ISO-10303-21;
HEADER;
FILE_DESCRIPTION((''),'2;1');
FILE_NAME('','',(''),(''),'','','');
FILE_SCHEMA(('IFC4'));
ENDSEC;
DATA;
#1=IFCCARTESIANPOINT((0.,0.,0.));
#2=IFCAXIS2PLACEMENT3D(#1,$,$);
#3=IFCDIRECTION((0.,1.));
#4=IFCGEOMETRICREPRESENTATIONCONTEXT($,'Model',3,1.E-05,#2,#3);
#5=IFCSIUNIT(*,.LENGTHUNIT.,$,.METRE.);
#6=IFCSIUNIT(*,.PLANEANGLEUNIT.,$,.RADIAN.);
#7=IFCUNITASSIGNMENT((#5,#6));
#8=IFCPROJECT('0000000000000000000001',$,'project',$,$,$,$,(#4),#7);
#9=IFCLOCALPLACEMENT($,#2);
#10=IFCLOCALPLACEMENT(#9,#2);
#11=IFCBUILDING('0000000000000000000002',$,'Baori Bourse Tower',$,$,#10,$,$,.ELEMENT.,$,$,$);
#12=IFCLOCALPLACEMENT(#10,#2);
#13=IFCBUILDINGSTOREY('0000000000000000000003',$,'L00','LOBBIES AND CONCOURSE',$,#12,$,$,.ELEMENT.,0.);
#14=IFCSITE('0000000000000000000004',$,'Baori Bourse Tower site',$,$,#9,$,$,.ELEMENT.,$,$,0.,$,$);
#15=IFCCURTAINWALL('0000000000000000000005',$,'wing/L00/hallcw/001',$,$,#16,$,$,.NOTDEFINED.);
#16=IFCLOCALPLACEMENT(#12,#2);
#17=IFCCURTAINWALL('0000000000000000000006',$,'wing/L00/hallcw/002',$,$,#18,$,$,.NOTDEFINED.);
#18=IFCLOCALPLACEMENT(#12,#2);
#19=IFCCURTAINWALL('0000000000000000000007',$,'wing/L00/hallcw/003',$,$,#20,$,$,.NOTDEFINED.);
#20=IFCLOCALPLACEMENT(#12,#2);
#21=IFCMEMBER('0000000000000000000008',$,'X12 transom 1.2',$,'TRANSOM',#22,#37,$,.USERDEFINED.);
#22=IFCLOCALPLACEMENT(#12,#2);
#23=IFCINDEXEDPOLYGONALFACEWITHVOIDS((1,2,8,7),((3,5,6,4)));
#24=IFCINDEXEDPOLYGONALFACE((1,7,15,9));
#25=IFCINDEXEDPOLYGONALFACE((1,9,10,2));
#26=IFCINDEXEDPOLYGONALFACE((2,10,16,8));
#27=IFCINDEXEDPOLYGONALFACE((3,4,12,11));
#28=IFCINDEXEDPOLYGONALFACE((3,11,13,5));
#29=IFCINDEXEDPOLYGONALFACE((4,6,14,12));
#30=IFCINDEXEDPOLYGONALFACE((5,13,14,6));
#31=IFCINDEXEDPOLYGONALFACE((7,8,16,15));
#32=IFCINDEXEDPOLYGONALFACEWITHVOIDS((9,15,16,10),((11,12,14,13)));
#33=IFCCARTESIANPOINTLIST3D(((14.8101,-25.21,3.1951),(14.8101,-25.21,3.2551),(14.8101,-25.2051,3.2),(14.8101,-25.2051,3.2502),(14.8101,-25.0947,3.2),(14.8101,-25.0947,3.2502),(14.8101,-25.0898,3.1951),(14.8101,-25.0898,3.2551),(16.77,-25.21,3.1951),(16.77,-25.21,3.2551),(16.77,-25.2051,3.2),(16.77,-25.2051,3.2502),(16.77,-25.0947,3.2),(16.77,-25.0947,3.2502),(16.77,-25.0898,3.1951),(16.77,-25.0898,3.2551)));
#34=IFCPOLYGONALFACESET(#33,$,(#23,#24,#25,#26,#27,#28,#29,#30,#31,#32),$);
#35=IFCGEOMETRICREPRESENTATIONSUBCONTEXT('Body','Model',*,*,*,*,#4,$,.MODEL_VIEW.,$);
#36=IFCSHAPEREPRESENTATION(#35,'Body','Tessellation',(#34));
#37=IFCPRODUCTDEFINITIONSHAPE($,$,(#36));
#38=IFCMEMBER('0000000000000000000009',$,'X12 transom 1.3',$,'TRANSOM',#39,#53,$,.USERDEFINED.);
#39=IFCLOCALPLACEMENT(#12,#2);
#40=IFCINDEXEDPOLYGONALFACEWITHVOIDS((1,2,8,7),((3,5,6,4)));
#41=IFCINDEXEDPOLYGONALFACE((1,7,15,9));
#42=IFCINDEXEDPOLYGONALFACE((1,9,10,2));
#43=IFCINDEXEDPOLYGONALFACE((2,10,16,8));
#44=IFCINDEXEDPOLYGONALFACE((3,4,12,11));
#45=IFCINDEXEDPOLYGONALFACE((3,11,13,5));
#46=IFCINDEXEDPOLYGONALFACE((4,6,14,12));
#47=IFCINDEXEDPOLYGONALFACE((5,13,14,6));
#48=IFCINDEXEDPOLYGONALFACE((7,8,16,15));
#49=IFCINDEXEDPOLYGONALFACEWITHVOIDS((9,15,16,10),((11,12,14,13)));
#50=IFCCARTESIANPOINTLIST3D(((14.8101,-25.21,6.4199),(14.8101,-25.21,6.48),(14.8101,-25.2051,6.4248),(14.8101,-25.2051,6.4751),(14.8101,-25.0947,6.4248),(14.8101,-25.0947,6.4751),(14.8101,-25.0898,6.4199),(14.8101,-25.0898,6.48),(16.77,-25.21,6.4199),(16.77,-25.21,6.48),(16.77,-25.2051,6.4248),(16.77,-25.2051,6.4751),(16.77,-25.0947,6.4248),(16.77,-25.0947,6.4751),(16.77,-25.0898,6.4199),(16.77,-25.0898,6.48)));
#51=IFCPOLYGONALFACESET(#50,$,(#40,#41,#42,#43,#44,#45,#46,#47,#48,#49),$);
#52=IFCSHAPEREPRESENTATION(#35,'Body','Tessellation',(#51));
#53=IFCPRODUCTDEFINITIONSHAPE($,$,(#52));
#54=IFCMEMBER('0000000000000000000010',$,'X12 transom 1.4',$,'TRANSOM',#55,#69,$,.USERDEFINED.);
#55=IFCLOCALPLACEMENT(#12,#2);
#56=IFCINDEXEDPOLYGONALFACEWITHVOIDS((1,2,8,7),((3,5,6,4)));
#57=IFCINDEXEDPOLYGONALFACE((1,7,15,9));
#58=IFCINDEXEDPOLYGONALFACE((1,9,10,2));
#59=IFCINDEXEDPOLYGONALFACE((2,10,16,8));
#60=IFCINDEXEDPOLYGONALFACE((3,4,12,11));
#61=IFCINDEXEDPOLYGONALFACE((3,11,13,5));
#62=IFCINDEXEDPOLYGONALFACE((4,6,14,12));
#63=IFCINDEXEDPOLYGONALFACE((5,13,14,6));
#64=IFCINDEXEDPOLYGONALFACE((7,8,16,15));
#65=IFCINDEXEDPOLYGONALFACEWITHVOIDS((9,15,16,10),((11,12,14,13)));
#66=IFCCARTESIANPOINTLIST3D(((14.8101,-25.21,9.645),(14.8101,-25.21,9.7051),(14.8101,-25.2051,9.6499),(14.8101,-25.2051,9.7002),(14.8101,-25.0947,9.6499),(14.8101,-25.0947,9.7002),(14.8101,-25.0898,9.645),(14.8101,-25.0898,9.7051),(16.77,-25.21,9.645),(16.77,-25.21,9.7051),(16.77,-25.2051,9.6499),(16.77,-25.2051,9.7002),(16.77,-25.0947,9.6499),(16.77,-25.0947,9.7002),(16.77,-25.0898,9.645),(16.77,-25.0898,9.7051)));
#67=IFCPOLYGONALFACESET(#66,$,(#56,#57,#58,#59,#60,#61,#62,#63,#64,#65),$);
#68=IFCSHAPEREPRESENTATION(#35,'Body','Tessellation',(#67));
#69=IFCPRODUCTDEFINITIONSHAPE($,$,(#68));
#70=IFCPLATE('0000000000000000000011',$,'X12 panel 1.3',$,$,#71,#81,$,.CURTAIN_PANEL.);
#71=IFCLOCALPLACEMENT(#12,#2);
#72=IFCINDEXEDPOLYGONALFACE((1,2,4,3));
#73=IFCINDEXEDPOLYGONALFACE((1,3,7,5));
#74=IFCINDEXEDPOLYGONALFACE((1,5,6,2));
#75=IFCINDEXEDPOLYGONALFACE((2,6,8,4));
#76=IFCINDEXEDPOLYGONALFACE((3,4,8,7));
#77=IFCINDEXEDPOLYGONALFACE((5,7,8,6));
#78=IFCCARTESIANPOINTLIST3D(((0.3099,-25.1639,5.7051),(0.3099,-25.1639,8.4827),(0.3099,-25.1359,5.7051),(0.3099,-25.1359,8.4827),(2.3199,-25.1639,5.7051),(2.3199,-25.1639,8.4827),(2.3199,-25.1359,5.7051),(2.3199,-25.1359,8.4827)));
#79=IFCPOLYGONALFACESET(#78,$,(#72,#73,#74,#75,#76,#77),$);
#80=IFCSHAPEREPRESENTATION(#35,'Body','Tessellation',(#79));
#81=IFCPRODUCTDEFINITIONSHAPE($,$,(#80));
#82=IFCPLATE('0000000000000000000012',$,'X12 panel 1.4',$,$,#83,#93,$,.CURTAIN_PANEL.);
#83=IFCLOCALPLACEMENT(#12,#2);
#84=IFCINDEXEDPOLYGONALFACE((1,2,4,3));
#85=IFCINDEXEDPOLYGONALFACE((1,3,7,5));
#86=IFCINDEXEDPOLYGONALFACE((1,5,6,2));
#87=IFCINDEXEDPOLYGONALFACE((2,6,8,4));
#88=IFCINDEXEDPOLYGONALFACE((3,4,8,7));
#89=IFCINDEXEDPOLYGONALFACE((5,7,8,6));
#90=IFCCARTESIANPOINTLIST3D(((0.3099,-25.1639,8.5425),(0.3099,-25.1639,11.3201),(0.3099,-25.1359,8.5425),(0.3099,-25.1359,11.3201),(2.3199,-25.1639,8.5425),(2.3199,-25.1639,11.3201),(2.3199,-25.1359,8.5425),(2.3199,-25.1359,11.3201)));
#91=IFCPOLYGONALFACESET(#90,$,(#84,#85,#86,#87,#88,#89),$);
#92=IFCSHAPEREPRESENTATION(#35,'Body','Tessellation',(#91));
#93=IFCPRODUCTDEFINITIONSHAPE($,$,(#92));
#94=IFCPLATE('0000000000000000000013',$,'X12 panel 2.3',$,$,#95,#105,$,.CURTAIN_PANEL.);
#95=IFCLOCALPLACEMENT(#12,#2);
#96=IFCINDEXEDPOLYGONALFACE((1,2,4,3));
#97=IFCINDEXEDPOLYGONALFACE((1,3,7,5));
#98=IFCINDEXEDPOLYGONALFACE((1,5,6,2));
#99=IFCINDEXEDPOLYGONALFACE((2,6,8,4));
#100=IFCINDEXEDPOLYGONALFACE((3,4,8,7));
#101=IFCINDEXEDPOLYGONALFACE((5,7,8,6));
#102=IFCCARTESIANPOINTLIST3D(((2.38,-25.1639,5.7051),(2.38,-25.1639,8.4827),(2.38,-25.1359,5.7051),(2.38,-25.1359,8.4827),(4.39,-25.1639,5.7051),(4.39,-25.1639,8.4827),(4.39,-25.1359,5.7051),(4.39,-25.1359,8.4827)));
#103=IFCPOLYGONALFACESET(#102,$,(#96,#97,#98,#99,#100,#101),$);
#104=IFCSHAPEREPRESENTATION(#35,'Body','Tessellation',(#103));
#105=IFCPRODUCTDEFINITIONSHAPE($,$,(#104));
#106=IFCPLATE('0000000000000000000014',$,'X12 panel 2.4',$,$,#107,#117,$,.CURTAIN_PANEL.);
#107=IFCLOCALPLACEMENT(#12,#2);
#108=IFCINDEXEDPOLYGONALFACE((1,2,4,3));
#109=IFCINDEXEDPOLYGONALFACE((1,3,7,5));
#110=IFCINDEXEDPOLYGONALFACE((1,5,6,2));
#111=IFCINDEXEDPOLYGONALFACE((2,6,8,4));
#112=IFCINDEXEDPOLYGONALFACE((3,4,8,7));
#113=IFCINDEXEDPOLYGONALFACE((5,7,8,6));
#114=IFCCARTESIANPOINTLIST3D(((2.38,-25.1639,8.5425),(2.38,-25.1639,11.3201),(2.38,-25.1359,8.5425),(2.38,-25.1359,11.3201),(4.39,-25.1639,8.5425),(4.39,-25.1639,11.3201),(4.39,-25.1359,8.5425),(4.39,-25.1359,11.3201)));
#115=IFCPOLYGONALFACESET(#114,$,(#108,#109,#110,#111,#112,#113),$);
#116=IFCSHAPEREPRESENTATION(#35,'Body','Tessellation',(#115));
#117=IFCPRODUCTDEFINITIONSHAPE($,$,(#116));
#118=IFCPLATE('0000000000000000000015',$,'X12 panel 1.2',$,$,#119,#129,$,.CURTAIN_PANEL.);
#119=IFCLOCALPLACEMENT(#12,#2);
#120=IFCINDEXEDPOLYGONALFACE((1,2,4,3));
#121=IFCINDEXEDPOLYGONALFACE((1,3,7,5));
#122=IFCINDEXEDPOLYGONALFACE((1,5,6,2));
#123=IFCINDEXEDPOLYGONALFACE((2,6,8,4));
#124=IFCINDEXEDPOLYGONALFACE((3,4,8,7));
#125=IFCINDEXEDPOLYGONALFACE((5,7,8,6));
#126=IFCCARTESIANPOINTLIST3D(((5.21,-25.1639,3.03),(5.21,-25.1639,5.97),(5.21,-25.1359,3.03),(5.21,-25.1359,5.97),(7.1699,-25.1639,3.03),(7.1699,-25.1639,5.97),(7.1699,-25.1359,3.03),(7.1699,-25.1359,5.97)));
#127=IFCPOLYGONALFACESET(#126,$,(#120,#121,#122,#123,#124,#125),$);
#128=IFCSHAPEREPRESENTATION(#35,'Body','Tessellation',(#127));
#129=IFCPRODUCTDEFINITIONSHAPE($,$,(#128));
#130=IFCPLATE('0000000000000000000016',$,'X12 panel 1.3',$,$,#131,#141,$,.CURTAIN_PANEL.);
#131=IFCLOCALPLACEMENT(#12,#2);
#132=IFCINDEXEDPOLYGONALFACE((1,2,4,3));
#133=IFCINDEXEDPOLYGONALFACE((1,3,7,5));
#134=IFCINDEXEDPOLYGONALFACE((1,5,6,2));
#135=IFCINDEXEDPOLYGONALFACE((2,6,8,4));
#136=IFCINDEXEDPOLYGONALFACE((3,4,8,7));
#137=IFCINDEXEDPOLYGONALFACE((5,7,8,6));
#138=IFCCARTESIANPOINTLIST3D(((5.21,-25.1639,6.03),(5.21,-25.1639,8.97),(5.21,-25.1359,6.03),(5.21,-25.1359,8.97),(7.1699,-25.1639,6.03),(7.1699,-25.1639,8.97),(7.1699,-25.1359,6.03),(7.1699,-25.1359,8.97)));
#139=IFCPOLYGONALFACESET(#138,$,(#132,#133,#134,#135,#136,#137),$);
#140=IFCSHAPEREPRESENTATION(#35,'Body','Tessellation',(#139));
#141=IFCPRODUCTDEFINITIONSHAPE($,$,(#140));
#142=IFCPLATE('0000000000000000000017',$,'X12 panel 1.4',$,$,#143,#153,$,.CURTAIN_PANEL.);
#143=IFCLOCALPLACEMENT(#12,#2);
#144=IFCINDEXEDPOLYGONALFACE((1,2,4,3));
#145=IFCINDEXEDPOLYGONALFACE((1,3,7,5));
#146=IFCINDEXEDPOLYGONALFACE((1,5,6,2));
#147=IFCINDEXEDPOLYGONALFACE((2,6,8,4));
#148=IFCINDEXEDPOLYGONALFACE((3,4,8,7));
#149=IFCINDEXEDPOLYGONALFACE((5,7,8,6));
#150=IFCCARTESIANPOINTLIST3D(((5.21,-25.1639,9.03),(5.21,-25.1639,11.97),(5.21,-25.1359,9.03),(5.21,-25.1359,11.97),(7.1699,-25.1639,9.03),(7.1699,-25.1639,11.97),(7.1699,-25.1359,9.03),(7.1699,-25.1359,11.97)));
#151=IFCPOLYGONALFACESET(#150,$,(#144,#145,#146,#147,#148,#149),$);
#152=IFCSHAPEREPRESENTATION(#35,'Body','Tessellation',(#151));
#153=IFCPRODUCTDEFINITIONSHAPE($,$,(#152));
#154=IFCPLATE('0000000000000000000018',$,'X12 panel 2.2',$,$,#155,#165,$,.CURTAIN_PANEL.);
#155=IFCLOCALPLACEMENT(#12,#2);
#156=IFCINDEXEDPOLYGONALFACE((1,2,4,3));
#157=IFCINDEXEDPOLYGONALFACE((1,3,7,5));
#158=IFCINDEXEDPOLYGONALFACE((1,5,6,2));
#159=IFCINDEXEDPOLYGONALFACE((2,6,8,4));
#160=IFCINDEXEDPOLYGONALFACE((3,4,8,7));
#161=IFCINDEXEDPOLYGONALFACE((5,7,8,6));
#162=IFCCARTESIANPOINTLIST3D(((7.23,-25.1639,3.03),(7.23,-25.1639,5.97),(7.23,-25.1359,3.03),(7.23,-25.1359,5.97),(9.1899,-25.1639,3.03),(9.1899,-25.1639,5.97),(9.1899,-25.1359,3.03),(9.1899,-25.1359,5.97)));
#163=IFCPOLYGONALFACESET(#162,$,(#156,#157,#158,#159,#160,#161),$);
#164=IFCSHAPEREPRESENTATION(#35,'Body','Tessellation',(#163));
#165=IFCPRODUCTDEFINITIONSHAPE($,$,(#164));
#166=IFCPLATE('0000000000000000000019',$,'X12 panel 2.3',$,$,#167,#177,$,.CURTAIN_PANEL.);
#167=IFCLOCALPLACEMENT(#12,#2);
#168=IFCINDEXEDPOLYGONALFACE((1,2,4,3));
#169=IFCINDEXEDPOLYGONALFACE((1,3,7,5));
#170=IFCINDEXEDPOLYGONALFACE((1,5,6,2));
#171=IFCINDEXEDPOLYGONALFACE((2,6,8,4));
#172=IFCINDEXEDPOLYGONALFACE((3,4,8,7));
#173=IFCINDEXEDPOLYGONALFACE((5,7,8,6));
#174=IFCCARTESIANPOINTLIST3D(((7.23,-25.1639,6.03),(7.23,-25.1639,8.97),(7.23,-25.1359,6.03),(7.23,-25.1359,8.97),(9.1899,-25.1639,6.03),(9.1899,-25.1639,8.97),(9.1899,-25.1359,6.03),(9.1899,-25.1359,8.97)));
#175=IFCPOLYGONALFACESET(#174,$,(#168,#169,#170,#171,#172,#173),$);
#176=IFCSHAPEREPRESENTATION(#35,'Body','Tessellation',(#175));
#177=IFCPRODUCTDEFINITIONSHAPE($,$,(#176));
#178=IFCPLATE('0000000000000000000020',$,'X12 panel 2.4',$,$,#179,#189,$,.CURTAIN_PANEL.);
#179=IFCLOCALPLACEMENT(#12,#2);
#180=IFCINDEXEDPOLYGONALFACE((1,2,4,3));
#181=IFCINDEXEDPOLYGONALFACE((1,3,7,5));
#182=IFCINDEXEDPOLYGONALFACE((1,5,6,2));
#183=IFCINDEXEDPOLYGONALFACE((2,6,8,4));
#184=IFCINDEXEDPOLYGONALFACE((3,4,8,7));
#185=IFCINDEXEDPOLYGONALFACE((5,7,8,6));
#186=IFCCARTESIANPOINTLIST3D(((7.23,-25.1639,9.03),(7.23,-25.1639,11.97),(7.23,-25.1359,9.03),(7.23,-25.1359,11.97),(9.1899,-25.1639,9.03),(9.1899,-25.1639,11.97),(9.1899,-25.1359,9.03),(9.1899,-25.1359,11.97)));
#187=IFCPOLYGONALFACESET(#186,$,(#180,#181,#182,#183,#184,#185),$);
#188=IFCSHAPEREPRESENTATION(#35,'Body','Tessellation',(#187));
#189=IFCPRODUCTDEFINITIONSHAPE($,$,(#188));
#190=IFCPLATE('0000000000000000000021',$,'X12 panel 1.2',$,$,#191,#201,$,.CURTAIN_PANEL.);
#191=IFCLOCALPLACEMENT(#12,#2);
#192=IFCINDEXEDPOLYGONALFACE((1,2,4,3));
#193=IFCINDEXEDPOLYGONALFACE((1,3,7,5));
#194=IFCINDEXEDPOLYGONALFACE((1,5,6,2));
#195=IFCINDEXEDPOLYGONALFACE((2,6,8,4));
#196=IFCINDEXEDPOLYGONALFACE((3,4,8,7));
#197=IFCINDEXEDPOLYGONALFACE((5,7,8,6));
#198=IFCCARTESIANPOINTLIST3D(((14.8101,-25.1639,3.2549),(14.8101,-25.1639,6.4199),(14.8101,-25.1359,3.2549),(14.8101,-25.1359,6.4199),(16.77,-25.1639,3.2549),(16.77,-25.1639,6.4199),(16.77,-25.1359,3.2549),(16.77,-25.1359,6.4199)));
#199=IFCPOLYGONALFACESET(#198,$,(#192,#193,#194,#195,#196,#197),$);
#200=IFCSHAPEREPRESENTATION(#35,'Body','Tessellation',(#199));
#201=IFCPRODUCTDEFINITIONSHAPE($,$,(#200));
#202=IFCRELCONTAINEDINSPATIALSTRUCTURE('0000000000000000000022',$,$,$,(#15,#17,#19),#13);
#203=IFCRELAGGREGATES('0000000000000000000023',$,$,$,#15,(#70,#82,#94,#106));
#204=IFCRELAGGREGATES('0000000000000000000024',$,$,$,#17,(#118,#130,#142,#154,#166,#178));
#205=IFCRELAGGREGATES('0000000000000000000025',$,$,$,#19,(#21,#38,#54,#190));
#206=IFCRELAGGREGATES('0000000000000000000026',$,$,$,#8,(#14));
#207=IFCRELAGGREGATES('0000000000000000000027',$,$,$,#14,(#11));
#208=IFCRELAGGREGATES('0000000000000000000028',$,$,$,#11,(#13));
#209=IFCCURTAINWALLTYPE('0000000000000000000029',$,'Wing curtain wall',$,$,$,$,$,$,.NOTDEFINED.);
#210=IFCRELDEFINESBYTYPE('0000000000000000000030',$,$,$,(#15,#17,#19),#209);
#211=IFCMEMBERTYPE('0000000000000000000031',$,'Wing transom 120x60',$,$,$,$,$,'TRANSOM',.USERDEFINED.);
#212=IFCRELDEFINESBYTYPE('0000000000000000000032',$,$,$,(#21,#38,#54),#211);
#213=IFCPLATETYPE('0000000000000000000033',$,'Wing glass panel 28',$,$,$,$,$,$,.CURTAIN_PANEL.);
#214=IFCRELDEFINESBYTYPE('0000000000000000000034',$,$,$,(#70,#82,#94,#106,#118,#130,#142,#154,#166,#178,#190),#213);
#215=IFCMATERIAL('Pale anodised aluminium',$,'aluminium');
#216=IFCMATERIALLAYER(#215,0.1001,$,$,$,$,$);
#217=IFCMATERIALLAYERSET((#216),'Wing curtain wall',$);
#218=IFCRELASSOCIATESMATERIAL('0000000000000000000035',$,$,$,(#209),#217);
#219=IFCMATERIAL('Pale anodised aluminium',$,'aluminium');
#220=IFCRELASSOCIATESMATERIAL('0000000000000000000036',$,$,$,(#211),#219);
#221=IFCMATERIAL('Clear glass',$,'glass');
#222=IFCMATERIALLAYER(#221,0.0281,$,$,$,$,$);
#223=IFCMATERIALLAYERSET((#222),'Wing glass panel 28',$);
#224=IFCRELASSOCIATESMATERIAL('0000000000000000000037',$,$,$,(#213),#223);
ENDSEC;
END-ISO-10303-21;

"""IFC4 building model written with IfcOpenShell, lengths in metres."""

from ifc_helpers import new_model, si_unit, direction, frame, origin, origin_2d, place, context, subcontext, project, spatial, rectangle, hollow_rectangle, extrude, material, layer, layer_set, material_profile, profile_set, type_object, element, aggregate, save


model = new_model("IFC4")

# Units and contexts
model_context = context("Model", 3, precision=1e-05, world=origin(), true_north=direction((0.0, 1.0)))
body_context = subcontext(model_context, "Body", "Model", "MODEL_VIEW")
ifc_project = project(units=[si_unit("LENGTHUNIT", "METRE"), si_unit("PLANEANGLEUNIT", "RADIAN")], contexts=[model_context])

# Site, building, storey
site_placement = place(None, origin())
site = spatial("IfcSite", under=ifc_project, at=site_placement, Name="Baori Bourse Tower site", CompositionType="ELEMENT", RefElevation=0.0)
building_placement = place(site_placement, origin())
building = spatial("IfcBuilding", under=site, at=building_placement, Name="Baori Bourse Tower", CompositionType="ELEMENT")
storey_placement = place(building_placement, origin())
storey = spatial("IfcBuildingStorey", under=building, at=storey_placement, Name="L00", Description="LOBBIES AND CONCOURSE", CompositionType="ELEMENT", Elevation=0.0)

# Curtain walls, members
ifc_material_1 = material(Name="Pale anodised aluminium", Category="aluminium")
ifc_layer_1 = layer(ifc_material_1, 0.1001)
ifc_layer_set_1 = layer_set([ifc_layer_1], Name="Wing curtain wall")
curtain_wall_type = type_object("IfcCurtainWallType", Name="Wing curtain wall", PredefinedType="NOTDEFINED", material=ifc_layer_set_1)
curtain_wall_1_placement = place(storey_placement, origin())
curtain_wall_1 = element("IfcCurtainWall", 1, at=curtain_wall_1_placement, inside=storey, type_object=curtain_wall_type, Name="wing/L00/hallcw/001", PredefinedType="NOTDEFINED")
ifc_material_2 = material(Name="Pale anodised aluminium", Category="aluminium")
ifc_material_profile = material_profile(ifc_material_2, hollow_rectangle(XDim=0.1201, YDim=0.0601, WallThickness=0.0049, at=origin_2d()), Name="Transom 120x60x5")
ifc_profile_set = profile_set([ifc_material_profile], Name="Pale anodised aluminium")
member_type = type_object("IfcMemberType", Name="Wing transom 120x60", ElementType="TRANSOM", PredefinedType="USERDEFINED", material=ifc_profile_set)
curtain_wall_2_placement = place(storey_placement, origin())
curtain_wall_2 = element("IfcCurtainWall", 2, at=curtain_wall_2_placement, inside=storey, type_object=curtain_wall_type, Name="wing/L00/hallcw/002", PredefinedType="NOTDEFINED")
curtain_wall_3_placement = place(storey_placement, origin())
curtain_wall_3 = element("IfcCurtainWall", 3, at=curtain_wall_3_placement, inside=storey, type_object=curtain_wall_type, Name="wing/L00/hallcw/003", PredefinedType="NOTDEFINED")
member_1_placement = place(storey_placement, frame((14.8101, -25.1499, 3.2251), z_axis=(1.0, 0.0, 0.0), x_axis=(0.0, 1.0, 0.0)))
member_1 = element("IfcMember", 4, at=member_1_placement, type_object=member_type, Name="X12 transom 1.2", ObjectType="TRANSOM", PredefinedType="USERDEFINED", context=body_context, shape_type="SweptSolid", body=[
    extrude(hollow_rectangle(XDim=0.1201, YDim=0.0601, WallThickness=0.0049, at=origin_2d()), origin(), (0.0, 0.0, 1.0), 1.96),
])
member_2_placement = place(storey_placement, frame((14.8101, -25.1499, 6.45), z_axis=(1.0, 0.0, 0.0), x_axis=(0.0, 1.0, 0.0)))
member_2 = element("IfcMember", 5, at=member_2_placement, type_object=member_type, Name="X12 transom 1.3", ObjectType="TRANSOM", PredefinedType="USERDEFINED", context=body_context, shape_type="SweptSolid", body=[
    extrude(hollow_rectangle(XDim=0.1201, YDim=0.0601, WallThickness=0.0049, at=origin_2d()), origin(), (0.0, 0.0, 1.0), 1.96),
])
member_3_placement = place(storey_placement, frame((14.8101, -25.1499, 9.675), z_axis=(1.0, 0.0, 0.0), x_axis=(0.0, 1.0, 0.0)))
member_3 = element("IfcMember", 6, at=member_3_placement, type_object=member_type, Name="X12 transom 1.4", ObjectType="TRANSOM", PredefinedType="USERDEFINED", context=body_context, shape_type="SweptSolid", body=[
    extrude(hollow_rectangle(XDim=0.1201, YDim=0.0601, WallThickness=0.0049, at=origin_2d()), origin(), (0.0, 0.0, 1.0), 1.96),
])

# Plates
ifc_material_3 = material(Name="Clear glass", Category="glass")
ifc_layer_2 = layer(ifc_material_3, 0.0281)
ifc_layer_set_2 = layer_set([ifc_layer_2], Name="Wing glass panel 28")
plate_type = type_object("IfcPlateType", Name="Wing glass panel 28", PredefinedType="CURTAIN_PANEL", material=ifc_layer_set_2)
plate_1_placement = place(storey_placement, frame((1.3149, -25.1499, 5.7051), z_axis=(0.0, 0.0, 1.0), x_axis=(1.0, 0.0, 0.0)))
plate_1 = element("IfcPlate", 7, at=plate_1_placement, type_object=plate_type, Name="X12 panel 1.3", PredefinedType="CURTAIN_PANEL", context=body_context, shape_type="SweptSolid", body=[
    extrude(rectangle(XDim=2.01, YDim=0.0281, at=origin_2d()), origin(), (0.0, 0.0, 1.0), 2.7776),
])
plate_2_placement = place(storey_placement, frame((1.3149, -25.1499, 8.5425), z_axis=(0.0, 0.0, 1.0), x_axis=(1.0, 0.0, 0.0)))
plate_2 = element("IfcPlate", 8, at=plate_2_placement, type_object=plate_type, Name="X12 panel 1.4", PredefinedType="CURTAIN_PANEL", context=body_context, shape_type="SweptSolid", body=[
    extrude(rectangle(XDim=2.01, YDim=0.0281, at=origin_2d()), origin(), (0.0, 0.0, 1.0), 2.7776),
])
plate_3_placement = place(storey_placement, frame((3.385, -25.1499, 5.7051), z_axis=(0.0, 0.0, 1.0), x_axis=(1.0, 0.0, 0.0)))
plate_3 = element("IfcPlate", 9, at=plate_3_placement, type_object=plate_type, Name="X12 panel 2.3", PredefinedType="CURTAIN_PANEL", context=body_context, shape_type="SweptSolid", body=[
    extrude(rectangle(XDim=2.01, YDim=0.0281, at=origin_2d()), origin(), (0.0, 0.0, 1.0), 2.7776),
])
plate_4_placement = place(storey_placement, frame((3.385, -25.1499, 8.5425), z_axis=(0.0, 0.0, 1.0), x_axis=(1.0, 0.0, 0.0)))
plate_4 = element("IfcPlate", 10, at=plate_4_placement, type_object=plate_type, Name="X12 panel 2.4", PredefinedType="CURTAIN_PANEL", context=body_context, shape_type="SweptSolid", body=[
    extrude(rectangle(XDim=2.01, YDim=0.0281, at=origin_2d()), origin(), (0.0, 0.0, 1.0), 2.7776),
])
aggregate(curtain_wall_1, [plate_1, plate_2, plate_3, plate_4])
plate_5_placement = place(storey_placement, frame((6.1899, -25.1499, 3.03), z_axis=(0.0, 0.0, 1.0), x_axis=(1.0, 0.0, 0.0)))
plate_5 = element("IfcPlate", 11, at=plate_5_placement, type_object=plate_type, Name="X12 panel 1.2", PredefinedType="CURTAIN_PANEL", context=body_context, shape_type="SweptSolid", body=[
    extrude(rectangle(XDim=1.96, YDim=0.0281, at=origin_2d()), origin(), (0.0, 0.0, 1.0), 2.9399),
])
plate_6_placement = place(storey_placement, frame((6.1899, -25.1499, 6.03), z_axis=(0.0, 0.0, 1.0), x_axis=(1.0, 0.0, 0.0)))
plate_6 = element("IfcPlate", 12, at=plate_6_placement, type_object=plate_type, Name="X12 panel 1.3", PredefinedType="CURTAIN_PANEL", context=body_context, shape_type="SweptSolid", body=[
    extrude(rectangle(XDim=1.96, YDim=0.0281, at=origin_2d()), origin(), (0.0, 0.0, 1.0), 2.9399),
])
plate_7_placement = place(storey_placement, frame((6.1899, -25.1499, 9.03), z_axis=(0.0, 0.0, 1.0), x_axis=(1.0, 0.0, 0.0)))
plate_7 = element("IfcPlate", 13, at=plate_7_placement, type_object=plate_type, Name="X12 panel 1.4", PredefinedType="CURTAIN_PANEL", context=body_context, shape_type="SweptSolid", body=[
    extrude(rectangle(XDim=1.96, YDim=0.0281, at=origin_2d()), origin(), (0.0, 0.0, 1.0), 2.9399),
])
plate_8_placement = place(storey_placement, frame((8.21, -25.1499, 3.03), z_axis=(0.0, 0.0, 1.0), x_axis=(1.0, 0.0, 0.0)))
plate_8 = element("IfcPlate", 14, at=plate_8_placement, type_object=plate_type, Name="X12 panel 2.2", PredefinedType="CURTAIN_PANEL", context=body_context, shape_type="SweptSolid", body=[
    extrude(rectangle(XDim=1.96, YDim=0.0281, at=origin_2d()), origin(), (0.0, 0.0, 1.0), 2.9399),
])
plate_9_placement = place(storey_placement, frame((8.21, -25.1499, 6.03), z_axis=(0.0, 0.0, 1.0), x_axis=(1.0, 0.0, 0.0)))
plate_9 = element("IfcPlate", 15, at=plate_9_placement, type_object=plate_type, Name="X12 panel 2.3", PredefinedType="CURTAIN_PANEL", context=body_context, shape_type="SweptSolid", body=[
    extrude(rectangle(XDim=1.96, YDim=0.0281, at=origin_2d()), origin(), (0.0, 0.0, 1.0), 2.9399),
])
plate_10_placement = place(storey_placement, frame((8.21, -25.1499, 9.03), z_axis=(0.0, 0.0, 1.0), x_axis=(1.0, 0.0, 0.0)))
plate_10 = element("IfcPlate", 16, at=plate_10_placement, type_object=plate_type, Name="X12 panel 2.4", PredefinedType="CURTAIN_PANEL", context=body_context, shape_type="SweptSolid", body=[
    extrude(rectangle(XDim=1.96, YDim=0.0281, at=origin_2d()), origin(), (0.0, 0.0, 1.0), 2.9399),
])
aggregate(curtain_wall_2, [plate_5, plate_6, plate_7, plate_8, plate_9, plate_10])
plate_11_placement = place(storey_placement, frame((15.79, -25.1499, 3.2549), z_axis=(0.0, 0.0, 1.0), x_axis=(1.0, 0.0, 0.0)))
plate_11 = element("IfcPlate", 17, at=plate_11_placement, type_object=plate_type, Name="X12 panel 1.2", PredefinedType="CURTAIN_PANEL", context=body_context, shape_type="SweptSolid", body=[
    extrude(rectangle(XDim=1.96, YDim=0.0281, at=origin_2d()), origin(), (0.0, 0.0, 1.0), 3.165),
])
aggregate(curtain_wall_3, [member_1, member_2, member_3, plate_11])

save(model, "model.ifc")
